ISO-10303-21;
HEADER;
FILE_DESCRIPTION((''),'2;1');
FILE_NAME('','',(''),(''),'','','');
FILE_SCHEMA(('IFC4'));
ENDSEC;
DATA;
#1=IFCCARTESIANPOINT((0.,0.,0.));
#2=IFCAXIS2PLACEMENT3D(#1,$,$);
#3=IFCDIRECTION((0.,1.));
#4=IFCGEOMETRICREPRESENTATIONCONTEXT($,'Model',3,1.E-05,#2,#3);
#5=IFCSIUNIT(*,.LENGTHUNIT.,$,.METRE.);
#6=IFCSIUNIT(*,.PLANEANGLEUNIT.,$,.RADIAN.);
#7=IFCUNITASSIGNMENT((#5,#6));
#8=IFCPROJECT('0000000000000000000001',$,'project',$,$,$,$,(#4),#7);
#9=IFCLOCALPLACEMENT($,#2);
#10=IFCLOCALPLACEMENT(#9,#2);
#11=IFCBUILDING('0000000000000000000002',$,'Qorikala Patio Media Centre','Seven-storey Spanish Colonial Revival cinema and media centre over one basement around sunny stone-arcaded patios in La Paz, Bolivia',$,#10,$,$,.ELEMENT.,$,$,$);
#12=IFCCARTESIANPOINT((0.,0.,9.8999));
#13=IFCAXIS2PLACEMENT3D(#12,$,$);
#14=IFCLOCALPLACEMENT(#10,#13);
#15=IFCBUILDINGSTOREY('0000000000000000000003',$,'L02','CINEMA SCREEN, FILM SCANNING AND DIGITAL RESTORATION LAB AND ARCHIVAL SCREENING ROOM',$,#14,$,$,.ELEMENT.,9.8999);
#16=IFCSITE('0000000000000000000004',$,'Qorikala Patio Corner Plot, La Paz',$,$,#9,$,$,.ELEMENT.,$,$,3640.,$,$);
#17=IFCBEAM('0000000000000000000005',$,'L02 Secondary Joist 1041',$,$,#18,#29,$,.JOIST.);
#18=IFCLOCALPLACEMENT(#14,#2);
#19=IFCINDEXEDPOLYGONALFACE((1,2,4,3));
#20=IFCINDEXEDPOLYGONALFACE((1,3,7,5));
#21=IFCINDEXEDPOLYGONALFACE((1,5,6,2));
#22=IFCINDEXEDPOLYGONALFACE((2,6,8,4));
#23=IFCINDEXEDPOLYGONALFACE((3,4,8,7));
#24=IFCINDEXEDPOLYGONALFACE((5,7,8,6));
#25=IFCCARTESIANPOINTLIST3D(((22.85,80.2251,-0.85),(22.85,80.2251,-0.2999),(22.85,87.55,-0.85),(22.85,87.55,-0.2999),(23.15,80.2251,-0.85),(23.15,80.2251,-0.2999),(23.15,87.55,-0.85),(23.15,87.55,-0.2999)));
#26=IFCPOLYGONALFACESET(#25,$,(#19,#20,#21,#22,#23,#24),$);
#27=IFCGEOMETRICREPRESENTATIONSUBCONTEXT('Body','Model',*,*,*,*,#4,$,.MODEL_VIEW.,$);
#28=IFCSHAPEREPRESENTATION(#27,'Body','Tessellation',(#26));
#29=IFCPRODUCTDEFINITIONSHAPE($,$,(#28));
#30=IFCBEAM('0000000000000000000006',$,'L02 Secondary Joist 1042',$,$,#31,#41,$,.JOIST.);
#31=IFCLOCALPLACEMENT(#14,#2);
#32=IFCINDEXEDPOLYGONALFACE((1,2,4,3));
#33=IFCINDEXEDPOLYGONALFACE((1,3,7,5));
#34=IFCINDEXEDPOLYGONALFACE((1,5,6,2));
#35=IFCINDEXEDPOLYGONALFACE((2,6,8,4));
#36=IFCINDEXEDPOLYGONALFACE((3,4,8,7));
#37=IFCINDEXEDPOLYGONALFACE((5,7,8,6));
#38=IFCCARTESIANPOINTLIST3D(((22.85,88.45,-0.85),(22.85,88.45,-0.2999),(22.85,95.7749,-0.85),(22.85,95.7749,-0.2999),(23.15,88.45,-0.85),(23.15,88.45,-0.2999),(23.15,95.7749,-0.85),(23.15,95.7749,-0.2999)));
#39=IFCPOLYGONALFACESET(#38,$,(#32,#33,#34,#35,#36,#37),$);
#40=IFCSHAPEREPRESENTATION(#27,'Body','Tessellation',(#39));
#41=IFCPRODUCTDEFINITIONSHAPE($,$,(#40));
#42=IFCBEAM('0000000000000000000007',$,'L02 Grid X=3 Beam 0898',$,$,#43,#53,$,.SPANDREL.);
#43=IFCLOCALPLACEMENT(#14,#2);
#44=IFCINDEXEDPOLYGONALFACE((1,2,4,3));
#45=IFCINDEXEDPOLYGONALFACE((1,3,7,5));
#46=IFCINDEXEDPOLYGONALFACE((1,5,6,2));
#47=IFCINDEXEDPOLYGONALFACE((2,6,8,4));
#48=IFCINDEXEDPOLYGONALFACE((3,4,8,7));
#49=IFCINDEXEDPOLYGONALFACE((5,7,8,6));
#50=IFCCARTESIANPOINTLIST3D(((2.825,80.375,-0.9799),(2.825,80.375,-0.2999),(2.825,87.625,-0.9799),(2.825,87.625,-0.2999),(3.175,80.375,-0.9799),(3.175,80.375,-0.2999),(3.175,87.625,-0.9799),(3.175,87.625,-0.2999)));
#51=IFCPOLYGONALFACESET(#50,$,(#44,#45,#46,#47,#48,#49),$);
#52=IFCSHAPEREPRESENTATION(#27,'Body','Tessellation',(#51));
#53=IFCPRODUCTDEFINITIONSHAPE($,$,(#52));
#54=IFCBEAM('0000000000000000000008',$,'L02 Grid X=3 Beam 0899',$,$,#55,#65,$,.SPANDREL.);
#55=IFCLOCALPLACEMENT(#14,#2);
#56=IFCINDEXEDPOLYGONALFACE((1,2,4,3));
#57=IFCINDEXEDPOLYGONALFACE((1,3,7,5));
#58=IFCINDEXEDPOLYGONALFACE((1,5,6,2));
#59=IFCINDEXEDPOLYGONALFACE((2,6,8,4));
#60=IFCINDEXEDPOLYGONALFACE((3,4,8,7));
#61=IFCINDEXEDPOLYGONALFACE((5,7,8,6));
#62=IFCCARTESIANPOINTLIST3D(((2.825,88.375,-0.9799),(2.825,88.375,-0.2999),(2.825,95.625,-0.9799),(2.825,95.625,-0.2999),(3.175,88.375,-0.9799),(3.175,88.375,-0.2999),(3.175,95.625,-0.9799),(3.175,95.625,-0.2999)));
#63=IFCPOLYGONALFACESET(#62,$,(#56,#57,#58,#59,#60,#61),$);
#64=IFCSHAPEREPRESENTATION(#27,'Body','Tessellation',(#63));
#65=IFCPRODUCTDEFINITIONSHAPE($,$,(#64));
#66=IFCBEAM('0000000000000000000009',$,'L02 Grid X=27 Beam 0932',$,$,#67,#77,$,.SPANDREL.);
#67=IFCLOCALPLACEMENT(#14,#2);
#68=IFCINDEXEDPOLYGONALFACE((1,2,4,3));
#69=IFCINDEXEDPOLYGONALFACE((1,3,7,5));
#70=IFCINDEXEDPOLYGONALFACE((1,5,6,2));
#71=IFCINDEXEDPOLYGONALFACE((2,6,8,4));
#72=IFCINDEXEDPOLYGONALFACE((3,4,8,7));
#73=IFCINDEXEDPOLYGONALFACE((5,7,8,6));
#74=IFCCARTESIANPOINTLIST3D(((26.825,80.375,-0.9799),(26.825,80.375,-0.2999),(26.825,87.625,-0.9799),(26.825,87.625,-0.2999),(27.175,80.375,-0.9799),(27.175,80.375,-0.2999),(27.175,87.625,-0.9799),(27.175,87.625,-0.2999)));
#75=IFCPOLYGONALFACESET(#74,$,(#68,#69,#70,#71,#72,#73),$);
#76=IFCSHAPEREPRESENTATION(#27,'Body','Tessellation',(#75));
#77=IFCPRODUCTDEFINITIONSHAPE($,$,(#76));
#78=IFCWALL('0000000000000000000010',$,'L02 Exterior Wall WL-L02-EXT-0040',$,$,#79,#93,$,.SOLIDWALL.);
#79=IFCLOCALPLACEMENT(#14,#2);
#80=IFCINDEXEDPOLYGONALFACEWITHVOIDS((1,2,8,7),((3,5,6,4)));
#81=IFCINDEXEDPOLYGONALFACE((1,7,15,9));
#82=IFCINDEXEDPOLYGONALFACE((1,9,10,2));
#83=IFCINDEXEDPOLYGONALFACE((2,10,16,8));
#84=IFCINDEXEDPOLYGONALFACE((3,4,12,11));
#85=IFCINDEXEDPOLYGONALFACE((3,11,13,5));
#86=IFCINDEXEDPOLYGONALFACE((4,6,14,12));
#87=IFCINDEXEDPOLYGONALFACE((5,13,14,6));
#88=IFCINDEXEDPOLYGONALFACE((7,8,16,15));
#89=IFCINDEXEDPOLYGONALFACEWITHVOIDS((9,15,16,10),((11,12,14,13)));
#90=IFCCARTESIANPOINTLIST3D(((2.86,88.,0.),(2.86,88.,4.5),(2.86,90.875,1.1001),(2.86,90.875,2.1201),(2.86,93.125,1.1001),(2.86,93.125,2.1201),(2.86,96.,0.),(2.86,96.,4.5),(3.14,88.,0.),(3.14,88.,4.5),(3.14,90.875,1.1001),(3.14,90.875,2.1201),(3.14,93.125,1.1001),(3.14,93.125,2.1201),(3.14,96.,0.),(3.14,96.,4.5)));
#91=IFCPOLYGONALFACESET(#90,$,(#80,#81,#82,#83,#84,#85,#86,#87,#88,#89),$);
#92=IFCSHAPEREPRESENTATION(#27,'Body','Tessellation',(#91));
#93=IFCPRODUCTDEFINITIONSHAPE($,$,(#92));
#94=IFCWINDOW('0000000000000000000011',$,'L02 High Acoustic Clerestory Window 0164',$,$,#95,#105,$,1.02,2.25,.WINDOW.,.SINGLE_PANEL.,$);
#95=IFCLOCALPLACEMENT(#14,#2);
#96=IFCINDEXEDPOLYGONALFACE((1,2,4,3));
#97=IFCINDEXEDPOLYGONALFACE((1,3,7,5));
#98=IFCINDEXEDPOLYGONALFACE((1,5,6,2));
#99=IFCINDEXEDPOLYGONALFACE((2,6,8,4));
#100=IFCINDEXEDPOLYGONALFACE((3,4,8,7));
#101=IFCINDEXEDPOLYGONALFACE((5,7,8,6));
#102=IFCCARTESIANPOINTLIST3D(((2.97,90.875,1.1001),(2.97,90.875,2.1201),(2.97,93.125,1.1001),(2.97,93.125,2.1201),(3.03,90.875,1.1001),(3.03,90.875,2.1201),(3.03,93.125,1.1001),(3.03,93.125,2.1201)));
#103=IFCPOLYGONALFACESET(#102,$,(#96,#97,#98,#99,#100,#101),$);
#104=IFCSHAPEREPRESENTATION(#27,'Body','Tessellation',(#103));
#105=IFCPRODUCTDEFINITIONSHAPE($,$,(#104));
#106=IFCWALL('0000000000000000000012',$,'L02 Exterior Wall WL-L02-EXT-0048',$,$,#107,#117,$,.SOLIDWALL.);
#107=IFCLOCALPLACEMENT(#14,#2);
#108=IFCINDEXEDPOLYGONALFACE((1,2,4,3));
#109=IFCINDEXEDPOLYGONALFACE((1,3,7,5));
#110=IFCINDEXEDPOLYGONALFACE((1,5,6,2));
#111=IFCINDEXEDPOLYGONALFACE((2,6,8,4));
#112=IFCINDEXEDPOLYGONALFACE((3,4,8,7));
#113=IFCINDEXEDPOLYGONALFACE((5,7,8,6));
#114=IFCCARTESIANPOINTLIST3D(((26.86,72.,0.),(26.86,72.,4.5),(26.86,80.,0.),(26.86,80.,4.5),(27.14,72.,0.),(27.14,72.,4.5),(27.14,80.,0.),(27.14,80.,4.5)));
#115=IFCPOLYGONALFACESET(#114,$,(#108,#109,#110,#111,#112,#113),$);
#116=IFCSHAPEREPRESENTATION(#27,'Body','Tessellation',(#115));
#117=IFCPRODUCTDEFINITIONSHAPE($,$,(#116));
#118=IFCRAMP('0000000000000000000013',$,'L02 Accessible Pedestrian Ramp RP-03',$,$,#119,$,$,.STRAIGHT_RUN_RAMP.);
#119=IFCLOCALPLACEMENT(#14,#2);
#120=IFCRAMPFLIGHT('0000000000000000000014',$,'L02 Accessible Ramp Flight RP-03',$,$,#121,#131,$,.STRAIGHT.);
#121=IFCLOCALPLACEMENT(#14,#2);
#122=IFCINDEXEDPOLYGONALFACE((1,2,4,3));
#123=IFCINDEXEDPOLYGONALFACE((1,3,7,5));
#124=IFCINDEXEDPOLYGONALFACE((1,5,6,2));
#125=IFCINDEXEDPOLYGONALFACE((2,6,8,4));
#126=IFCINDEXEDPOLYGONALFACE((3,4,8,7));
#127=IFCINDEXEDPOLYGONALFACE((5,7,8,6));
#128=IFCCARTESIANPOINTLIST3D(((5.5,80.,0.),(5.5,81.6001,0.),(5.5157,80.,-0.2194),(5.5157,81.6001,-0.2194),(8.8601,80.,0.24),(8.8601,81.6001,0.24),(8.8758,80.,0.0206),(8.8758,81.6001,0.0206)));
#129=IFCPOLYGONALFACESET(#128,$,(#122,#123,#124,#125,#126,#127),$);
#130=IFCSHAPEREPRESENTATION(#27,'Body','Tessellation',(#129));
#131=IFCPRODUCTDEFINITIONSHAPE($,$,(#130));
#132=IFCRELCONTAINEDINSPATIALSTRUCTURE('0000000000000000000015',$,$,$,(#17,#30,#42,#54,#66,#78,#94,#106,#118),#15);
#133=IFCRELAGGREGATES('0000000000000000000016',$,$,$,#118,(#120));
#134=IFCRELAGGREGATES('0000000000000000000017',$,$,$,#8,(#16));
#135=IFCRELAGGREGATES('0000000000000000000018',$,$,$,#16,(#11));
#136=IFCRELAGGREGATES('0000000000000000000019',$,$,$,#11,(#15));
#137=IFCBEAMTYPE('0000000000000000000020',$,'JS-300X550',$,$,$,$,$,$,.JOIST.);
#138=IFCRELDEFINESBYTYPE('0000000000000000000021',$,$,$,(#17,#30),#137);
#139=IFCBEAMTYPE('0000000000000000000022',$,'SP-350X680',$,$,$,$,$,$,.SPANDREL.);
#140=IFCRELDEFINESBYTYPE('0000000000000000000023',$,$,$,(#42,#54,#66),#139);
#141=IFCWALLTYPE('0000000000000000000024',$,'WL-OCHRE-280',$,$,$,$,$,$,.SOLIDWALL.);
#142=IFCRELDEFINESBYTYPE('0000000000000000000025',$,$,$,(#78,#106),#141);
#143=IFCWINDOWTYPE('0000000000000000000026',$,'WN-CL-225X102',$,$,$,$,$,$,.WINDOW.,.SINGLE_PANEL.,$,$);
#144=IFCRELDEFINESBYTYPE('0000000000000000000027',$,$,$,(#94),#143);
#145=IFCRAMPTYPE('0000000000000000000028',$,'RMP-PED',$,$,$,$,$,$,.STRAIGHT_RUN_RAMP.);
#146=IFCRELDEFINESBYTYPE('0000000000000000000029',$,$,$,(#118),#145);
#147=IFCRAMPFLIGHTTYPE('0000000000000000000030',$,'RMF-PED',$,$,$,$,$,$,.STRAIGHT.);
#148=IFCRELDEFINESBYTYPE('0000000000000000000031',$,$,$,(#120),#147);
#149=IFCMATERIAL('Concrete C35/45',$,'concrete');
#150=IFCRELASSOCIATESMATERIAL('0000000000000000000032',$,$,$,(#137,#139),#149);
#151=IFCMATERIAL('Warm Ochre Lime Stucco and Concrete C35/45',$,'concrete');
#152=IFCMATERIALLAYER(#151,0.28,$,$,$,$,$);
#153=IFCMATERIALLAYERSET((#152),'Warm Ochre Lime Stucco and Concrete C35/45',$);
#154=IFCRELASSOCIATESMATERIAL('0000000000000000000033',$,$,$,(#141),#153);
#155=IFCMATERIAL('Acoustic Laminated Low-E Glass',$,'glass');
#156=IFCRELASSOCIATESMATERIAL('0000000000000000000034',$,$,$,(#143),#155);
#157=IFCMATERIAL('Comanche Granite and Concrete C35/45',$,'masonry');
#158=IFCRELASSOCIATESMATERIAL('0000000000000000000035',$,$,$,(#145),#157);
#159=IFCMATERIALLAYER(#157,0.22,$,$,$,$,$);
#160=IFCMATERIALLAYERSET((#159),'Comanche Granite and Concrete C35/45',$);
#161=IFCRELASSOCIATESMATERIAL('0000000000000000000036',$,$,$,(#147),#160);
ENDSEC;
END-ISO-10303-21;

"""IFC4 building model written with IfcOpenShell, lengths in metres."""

from ifc_helpers import new_model, si_unit, direction, frame, frame_2d, origin, origin_2d, place, context, subcontext, project, spatial, polyline, rectangle, outline, extrude, material, layer, layer_set, material_profile, profile_set, type_object, element, fill, aggregate, save


model = new_model("IFC4")

# Units and contexts
model_context = context("Model", 3, precision=1e-05, world=origin(), true_north=direction((0.0, 1.0)))
body_context = subcontext(model_context, "Body", "Model", "MODEL_VIEW")
ifc_project = project(units=[si_unit("LENGTHUNIT", "METRE"), si_unit("PLANEANGLEUNIT", "RADIAN")], contexts=[model_context])

# Site, building, storey
site_placement = place(None, origin())
site = spatial("IfcSite", under=ifc_project, at=site_placement, Name="Qorikala Patio Corner Plot, La Paz", CompositionType="ELEMENT", RefElevation=3640.0)
building_placement = place(site_placement, origin())
building = spatial("IfcBuilding", under=site, at=building_placement, Name="Qorikala Patio Media Centre", Description="Seven-storey Spanish Colonial Revival cinema and media centre over one basement around sunny stone-arcaded patios in La Paz, Bolivia", CompositionType="ELEMENT")
storey_placement = place(building_placement, frame((0.0, 0.0, 9.8999)))
storey = spatial("IfcBuildingStorey", under=building, at=storey_placement, Name="L02", Description="CINEMA SCREEN, FILM SCANNING AND DIGITAL RESTORATION LAB AND ARCHIVAL SCREENING ROOM", CompositionType="ELEMENT", Elevation=9.8999)

# Shared definitions
ifc_material_1 = material(Name="Concrete C35/45", Category="concrete")

# Beams
ifc_material_profile_1 = material_profile(ifc_material_1, rectangle(XDim=0.3, YDim=0.55, at=origin_2d()), Name="RC 300x550")
ifc_profile_set_1 = profile_set([ifc_material_profile_1], Name="Concrete C35/45")
beam_type_1 = type_object("IfcBeamType", Name="JS-300X550", PredefinedType="JOIST", material=ifc_profile_set_1)
for number, where, z_axis, x_axis, name in (
    (1, (23.0, 80.2251, -0.575), (0.0, 1.0, 0.0), (-1.0, 0.0, 0.0), "L02 Secondary Joist 1041"),
    (2, (23.0, 88.45, -0.575), (0.0, 1.0, 0.0), (-1.0, 0.0, 0.0), "L02 Secondary Joist 1042"),
):
    element("IfcBeam", number, at=place(storey_placement, frame(where, z_axis=z_axis, x_axis=x_axis)), inside=storey, type_object=beam_type_1, Name=name, PredefinedType="JOIST", context=body_context, shape_type="SweptSolid", body=[
        extrude(rectangle(XDim=0.3, YDim=0.55, at=origin_2d()), origin(), (0.0, 0.0, 1.0), 7.325),
    ])
ifc_material_profile_2 = material_profile(ifc_material_1, rectangle(XDim=0.3501, YDim=0.6799, at=origin_2d()), Name="RC 350x680")
ifc_profile_set_2 = profile_set([ifc_material_profile_2], Name="Concrete C35/45")
beam_type_2 = type_object("IfcBeamType", Name="SP-350X680", PredefinedType="SPANDREL", material=ifc_profile_set_2)
for number, where, z_axis, x_axis, name in (
    (3, (3.0, 80.375, -0.6399), (0.0, 1.0, 0.0), (-1.0, 0.0, 0.0), "L02 Grid X=3 Beam 0898"),
    (4, (3.0, 88.375, -0.6399), (0.0, 1.0, 0.0), (-1.0, 0.0, 0.0), "L02 Grid X=3 Beam 0899"),
    (5, (27.0, 80.375, -0.6399), (0.0, 1.0, 0.0), (-1.0, 0.0, 0.0), "L02 Grid X=27 Beam 0932"),
):
    element("IfcBeam", number, at=place(storey_placement, frame(where, z_axis=z_axis, x_axis=x_axis)), inside=storey, type_object=beam_type_2, Name=name, PredefinedType="SPANDREL", context=body_context, shape_type="SweptSolid", body=[
        extrude(rectangle(XDim=0.3501, YDim=0.6799, at=origin_2d()), origin(), (0.0, 0.0, 1.0), 7.25),
    ])

# Wall, opening, window
ifc_material_2 = material(Name="Warm Ochre Lime Stucco and Concrete C35/45", Category="concrete")
ifc_layer_1 = layer(ifc_material_2, 0.28)
ifc_layer_set_1 = layer_set([ifc_layer_1], Name="Warm Ochre Lime Stucco and Concrete C35/45")
wall_type = type_object("IfcWallType", Name="WL-OCHRE-280", PredefinedType="SOLIDWALL", material=ifc_layer_set_1)
wall_1_placement = place(storey_placement, frame((3.0, 88.0, 0.0), z_axis=(0.0, 0.0, 1.0), x_axis=(0.0, 1.0, 0.0)))
wall_1 = element("IfcWall", 6, at=wall_1_placement, inside=storey, type_object=wall_type, Name="L02 Exterior Wall WL-L02-EXT-0040", PredefinedType="SOLIDWALL", context=body_context, shape_type="SweptSolid", body=[
    extrude(rectangle(XDim=8.0, YDim=0.28, at=frame_2d((4.0, 0.0))), origin(), (0.0, 0.0, 1.0), 4.5),
])
opening_placement = place(wall_1_placement, frame((2.875, 0.0, 1.1001)))
opening = element("IfcOpeningElement", 7, at=opening_placement, cuts=wall_1, PredefinedType="OPENING", context=body_context, shape_type="SweptSolid", body=[
    extrude(rectangle(XDim=2.25, YDim=1.02, at=frame_2d((1.125, 0.51))), frame((0.0, 0.1499, 0.0), z_axis=(0.0, -1.0, 0.0), x_axis=(1.0, 0.0, 0.0)), (0.0, 0.0, 1.0), 0.3),
])
ifc_material_3 = material(Name="Acoustic Laminated Low-E Glass", Category="glass")
window_type = type_object("IfcWindowType", Name="WN-CL-225X102", PartitioningType="SINGLE_PANEL", PredefinedType="WINDOW", material=ifc_material_3)
window_placement = place(opening_placement, origin())
window = element("IfcWindow", 8, at=window_placement, inside=storey, type_object=window_type, Name="L02 High Acoustic Clerestory Window 0164", OverallHeight=1.02, OverallWidth=2.25, PartitioningType="SINGLE_PANEL", PredefinedType="WINDOW", context=body_context, shape_type="SweptSolid", body=[
    extrude(rectangle(XDim=2.25, YDim=1.02, at=frame_2d((1.125, 0.51))), frame((0.0, 0.03, 0.0), z_axis=(0.0, -1.0, 0.0), x_axis=(1.0, 0.0, 0.0)), (0.0, 0.0, 1.0), 0.0601),
])
fill(opening, window)

# Wall
wall_2_placement = place(storey_placement, frame((27.0, 80.0, 0.0), z_axis=(0.0, 0.0, 1.0), x_axis=(0.0, -1.0, 0.0)))
element("IfcWall", 9, at=wall_2_placement, inside=storey, type_object=wall_type, Name="L02 Exterior Wall WL-L02-EXT-0048", PredefinedType="SOLIDWALL", context=body_context, shape_type="SweptSolid", body=[
    extrude(rectangle(XDim=8.0, YDim=0.28, at=frame_2d((4.0, 0.0))), origin(), (0.0, 0.0, 1.0), 4.5),
])

# Ramp, ramp flight
ifc_material_4 = material(Name="Comanche Granite and Concrete C35/45", Category="masonry")
ramp_type = type_object("IfcRampType", Name="RMP-PED", PredefinedType="STRAIGHT_RUN_RAMP", material=ifc_material_4)
ramp_placement = place(storey_placement, origin())
ramp = element("IfcRamp", 10, at=ramp_placement, inside=storey, type_object=ramp_type, Name="L02 Accessible Pedestrian Ramp RP-03", PredefinedType="STRAIGHT_RUN_RAMP")
ifc_layer_2 = layer(ifc_material_4, 0.22)
ifc_layer_set_2 = layer_set([ifc_layer_2], Name="Comanche Granite and Concrete C35/45")
ramp_flight_type = type_object("IfcRampFlightType", Name="RMF-PED", PredefinedType="STRAIGHT", material=ifc_layer_set_2)
ramp_flight_placement = place(storey_placement, frame((5.5, 80.0, 0.0), z_axis=(-0.071242, 0.0, 0.997459), x_axis=(0.997459, 0.0, 0.071242)))
ramp_flight = element("IfcRampFlight", 11, at=ramp_flight_placement, type_object=ramp_flight_type, Name="L02 Accessible Ramp Flight RP-03", PredefinedType="STRAIGHT", context=body_context, shape_type="SweptSolid", body=[
    extrude(outline(polyline([(0.0, 0.0), (3.3687, 0.0), (3.3687, 1.6001), (0.0, 1.6001), (0.0, 0.0)])), origin(), (0.0, 0.0, -1.0), 0.22),
])
aggregate(ramp, [ramp_flight])

save(model, "model.ifc")
